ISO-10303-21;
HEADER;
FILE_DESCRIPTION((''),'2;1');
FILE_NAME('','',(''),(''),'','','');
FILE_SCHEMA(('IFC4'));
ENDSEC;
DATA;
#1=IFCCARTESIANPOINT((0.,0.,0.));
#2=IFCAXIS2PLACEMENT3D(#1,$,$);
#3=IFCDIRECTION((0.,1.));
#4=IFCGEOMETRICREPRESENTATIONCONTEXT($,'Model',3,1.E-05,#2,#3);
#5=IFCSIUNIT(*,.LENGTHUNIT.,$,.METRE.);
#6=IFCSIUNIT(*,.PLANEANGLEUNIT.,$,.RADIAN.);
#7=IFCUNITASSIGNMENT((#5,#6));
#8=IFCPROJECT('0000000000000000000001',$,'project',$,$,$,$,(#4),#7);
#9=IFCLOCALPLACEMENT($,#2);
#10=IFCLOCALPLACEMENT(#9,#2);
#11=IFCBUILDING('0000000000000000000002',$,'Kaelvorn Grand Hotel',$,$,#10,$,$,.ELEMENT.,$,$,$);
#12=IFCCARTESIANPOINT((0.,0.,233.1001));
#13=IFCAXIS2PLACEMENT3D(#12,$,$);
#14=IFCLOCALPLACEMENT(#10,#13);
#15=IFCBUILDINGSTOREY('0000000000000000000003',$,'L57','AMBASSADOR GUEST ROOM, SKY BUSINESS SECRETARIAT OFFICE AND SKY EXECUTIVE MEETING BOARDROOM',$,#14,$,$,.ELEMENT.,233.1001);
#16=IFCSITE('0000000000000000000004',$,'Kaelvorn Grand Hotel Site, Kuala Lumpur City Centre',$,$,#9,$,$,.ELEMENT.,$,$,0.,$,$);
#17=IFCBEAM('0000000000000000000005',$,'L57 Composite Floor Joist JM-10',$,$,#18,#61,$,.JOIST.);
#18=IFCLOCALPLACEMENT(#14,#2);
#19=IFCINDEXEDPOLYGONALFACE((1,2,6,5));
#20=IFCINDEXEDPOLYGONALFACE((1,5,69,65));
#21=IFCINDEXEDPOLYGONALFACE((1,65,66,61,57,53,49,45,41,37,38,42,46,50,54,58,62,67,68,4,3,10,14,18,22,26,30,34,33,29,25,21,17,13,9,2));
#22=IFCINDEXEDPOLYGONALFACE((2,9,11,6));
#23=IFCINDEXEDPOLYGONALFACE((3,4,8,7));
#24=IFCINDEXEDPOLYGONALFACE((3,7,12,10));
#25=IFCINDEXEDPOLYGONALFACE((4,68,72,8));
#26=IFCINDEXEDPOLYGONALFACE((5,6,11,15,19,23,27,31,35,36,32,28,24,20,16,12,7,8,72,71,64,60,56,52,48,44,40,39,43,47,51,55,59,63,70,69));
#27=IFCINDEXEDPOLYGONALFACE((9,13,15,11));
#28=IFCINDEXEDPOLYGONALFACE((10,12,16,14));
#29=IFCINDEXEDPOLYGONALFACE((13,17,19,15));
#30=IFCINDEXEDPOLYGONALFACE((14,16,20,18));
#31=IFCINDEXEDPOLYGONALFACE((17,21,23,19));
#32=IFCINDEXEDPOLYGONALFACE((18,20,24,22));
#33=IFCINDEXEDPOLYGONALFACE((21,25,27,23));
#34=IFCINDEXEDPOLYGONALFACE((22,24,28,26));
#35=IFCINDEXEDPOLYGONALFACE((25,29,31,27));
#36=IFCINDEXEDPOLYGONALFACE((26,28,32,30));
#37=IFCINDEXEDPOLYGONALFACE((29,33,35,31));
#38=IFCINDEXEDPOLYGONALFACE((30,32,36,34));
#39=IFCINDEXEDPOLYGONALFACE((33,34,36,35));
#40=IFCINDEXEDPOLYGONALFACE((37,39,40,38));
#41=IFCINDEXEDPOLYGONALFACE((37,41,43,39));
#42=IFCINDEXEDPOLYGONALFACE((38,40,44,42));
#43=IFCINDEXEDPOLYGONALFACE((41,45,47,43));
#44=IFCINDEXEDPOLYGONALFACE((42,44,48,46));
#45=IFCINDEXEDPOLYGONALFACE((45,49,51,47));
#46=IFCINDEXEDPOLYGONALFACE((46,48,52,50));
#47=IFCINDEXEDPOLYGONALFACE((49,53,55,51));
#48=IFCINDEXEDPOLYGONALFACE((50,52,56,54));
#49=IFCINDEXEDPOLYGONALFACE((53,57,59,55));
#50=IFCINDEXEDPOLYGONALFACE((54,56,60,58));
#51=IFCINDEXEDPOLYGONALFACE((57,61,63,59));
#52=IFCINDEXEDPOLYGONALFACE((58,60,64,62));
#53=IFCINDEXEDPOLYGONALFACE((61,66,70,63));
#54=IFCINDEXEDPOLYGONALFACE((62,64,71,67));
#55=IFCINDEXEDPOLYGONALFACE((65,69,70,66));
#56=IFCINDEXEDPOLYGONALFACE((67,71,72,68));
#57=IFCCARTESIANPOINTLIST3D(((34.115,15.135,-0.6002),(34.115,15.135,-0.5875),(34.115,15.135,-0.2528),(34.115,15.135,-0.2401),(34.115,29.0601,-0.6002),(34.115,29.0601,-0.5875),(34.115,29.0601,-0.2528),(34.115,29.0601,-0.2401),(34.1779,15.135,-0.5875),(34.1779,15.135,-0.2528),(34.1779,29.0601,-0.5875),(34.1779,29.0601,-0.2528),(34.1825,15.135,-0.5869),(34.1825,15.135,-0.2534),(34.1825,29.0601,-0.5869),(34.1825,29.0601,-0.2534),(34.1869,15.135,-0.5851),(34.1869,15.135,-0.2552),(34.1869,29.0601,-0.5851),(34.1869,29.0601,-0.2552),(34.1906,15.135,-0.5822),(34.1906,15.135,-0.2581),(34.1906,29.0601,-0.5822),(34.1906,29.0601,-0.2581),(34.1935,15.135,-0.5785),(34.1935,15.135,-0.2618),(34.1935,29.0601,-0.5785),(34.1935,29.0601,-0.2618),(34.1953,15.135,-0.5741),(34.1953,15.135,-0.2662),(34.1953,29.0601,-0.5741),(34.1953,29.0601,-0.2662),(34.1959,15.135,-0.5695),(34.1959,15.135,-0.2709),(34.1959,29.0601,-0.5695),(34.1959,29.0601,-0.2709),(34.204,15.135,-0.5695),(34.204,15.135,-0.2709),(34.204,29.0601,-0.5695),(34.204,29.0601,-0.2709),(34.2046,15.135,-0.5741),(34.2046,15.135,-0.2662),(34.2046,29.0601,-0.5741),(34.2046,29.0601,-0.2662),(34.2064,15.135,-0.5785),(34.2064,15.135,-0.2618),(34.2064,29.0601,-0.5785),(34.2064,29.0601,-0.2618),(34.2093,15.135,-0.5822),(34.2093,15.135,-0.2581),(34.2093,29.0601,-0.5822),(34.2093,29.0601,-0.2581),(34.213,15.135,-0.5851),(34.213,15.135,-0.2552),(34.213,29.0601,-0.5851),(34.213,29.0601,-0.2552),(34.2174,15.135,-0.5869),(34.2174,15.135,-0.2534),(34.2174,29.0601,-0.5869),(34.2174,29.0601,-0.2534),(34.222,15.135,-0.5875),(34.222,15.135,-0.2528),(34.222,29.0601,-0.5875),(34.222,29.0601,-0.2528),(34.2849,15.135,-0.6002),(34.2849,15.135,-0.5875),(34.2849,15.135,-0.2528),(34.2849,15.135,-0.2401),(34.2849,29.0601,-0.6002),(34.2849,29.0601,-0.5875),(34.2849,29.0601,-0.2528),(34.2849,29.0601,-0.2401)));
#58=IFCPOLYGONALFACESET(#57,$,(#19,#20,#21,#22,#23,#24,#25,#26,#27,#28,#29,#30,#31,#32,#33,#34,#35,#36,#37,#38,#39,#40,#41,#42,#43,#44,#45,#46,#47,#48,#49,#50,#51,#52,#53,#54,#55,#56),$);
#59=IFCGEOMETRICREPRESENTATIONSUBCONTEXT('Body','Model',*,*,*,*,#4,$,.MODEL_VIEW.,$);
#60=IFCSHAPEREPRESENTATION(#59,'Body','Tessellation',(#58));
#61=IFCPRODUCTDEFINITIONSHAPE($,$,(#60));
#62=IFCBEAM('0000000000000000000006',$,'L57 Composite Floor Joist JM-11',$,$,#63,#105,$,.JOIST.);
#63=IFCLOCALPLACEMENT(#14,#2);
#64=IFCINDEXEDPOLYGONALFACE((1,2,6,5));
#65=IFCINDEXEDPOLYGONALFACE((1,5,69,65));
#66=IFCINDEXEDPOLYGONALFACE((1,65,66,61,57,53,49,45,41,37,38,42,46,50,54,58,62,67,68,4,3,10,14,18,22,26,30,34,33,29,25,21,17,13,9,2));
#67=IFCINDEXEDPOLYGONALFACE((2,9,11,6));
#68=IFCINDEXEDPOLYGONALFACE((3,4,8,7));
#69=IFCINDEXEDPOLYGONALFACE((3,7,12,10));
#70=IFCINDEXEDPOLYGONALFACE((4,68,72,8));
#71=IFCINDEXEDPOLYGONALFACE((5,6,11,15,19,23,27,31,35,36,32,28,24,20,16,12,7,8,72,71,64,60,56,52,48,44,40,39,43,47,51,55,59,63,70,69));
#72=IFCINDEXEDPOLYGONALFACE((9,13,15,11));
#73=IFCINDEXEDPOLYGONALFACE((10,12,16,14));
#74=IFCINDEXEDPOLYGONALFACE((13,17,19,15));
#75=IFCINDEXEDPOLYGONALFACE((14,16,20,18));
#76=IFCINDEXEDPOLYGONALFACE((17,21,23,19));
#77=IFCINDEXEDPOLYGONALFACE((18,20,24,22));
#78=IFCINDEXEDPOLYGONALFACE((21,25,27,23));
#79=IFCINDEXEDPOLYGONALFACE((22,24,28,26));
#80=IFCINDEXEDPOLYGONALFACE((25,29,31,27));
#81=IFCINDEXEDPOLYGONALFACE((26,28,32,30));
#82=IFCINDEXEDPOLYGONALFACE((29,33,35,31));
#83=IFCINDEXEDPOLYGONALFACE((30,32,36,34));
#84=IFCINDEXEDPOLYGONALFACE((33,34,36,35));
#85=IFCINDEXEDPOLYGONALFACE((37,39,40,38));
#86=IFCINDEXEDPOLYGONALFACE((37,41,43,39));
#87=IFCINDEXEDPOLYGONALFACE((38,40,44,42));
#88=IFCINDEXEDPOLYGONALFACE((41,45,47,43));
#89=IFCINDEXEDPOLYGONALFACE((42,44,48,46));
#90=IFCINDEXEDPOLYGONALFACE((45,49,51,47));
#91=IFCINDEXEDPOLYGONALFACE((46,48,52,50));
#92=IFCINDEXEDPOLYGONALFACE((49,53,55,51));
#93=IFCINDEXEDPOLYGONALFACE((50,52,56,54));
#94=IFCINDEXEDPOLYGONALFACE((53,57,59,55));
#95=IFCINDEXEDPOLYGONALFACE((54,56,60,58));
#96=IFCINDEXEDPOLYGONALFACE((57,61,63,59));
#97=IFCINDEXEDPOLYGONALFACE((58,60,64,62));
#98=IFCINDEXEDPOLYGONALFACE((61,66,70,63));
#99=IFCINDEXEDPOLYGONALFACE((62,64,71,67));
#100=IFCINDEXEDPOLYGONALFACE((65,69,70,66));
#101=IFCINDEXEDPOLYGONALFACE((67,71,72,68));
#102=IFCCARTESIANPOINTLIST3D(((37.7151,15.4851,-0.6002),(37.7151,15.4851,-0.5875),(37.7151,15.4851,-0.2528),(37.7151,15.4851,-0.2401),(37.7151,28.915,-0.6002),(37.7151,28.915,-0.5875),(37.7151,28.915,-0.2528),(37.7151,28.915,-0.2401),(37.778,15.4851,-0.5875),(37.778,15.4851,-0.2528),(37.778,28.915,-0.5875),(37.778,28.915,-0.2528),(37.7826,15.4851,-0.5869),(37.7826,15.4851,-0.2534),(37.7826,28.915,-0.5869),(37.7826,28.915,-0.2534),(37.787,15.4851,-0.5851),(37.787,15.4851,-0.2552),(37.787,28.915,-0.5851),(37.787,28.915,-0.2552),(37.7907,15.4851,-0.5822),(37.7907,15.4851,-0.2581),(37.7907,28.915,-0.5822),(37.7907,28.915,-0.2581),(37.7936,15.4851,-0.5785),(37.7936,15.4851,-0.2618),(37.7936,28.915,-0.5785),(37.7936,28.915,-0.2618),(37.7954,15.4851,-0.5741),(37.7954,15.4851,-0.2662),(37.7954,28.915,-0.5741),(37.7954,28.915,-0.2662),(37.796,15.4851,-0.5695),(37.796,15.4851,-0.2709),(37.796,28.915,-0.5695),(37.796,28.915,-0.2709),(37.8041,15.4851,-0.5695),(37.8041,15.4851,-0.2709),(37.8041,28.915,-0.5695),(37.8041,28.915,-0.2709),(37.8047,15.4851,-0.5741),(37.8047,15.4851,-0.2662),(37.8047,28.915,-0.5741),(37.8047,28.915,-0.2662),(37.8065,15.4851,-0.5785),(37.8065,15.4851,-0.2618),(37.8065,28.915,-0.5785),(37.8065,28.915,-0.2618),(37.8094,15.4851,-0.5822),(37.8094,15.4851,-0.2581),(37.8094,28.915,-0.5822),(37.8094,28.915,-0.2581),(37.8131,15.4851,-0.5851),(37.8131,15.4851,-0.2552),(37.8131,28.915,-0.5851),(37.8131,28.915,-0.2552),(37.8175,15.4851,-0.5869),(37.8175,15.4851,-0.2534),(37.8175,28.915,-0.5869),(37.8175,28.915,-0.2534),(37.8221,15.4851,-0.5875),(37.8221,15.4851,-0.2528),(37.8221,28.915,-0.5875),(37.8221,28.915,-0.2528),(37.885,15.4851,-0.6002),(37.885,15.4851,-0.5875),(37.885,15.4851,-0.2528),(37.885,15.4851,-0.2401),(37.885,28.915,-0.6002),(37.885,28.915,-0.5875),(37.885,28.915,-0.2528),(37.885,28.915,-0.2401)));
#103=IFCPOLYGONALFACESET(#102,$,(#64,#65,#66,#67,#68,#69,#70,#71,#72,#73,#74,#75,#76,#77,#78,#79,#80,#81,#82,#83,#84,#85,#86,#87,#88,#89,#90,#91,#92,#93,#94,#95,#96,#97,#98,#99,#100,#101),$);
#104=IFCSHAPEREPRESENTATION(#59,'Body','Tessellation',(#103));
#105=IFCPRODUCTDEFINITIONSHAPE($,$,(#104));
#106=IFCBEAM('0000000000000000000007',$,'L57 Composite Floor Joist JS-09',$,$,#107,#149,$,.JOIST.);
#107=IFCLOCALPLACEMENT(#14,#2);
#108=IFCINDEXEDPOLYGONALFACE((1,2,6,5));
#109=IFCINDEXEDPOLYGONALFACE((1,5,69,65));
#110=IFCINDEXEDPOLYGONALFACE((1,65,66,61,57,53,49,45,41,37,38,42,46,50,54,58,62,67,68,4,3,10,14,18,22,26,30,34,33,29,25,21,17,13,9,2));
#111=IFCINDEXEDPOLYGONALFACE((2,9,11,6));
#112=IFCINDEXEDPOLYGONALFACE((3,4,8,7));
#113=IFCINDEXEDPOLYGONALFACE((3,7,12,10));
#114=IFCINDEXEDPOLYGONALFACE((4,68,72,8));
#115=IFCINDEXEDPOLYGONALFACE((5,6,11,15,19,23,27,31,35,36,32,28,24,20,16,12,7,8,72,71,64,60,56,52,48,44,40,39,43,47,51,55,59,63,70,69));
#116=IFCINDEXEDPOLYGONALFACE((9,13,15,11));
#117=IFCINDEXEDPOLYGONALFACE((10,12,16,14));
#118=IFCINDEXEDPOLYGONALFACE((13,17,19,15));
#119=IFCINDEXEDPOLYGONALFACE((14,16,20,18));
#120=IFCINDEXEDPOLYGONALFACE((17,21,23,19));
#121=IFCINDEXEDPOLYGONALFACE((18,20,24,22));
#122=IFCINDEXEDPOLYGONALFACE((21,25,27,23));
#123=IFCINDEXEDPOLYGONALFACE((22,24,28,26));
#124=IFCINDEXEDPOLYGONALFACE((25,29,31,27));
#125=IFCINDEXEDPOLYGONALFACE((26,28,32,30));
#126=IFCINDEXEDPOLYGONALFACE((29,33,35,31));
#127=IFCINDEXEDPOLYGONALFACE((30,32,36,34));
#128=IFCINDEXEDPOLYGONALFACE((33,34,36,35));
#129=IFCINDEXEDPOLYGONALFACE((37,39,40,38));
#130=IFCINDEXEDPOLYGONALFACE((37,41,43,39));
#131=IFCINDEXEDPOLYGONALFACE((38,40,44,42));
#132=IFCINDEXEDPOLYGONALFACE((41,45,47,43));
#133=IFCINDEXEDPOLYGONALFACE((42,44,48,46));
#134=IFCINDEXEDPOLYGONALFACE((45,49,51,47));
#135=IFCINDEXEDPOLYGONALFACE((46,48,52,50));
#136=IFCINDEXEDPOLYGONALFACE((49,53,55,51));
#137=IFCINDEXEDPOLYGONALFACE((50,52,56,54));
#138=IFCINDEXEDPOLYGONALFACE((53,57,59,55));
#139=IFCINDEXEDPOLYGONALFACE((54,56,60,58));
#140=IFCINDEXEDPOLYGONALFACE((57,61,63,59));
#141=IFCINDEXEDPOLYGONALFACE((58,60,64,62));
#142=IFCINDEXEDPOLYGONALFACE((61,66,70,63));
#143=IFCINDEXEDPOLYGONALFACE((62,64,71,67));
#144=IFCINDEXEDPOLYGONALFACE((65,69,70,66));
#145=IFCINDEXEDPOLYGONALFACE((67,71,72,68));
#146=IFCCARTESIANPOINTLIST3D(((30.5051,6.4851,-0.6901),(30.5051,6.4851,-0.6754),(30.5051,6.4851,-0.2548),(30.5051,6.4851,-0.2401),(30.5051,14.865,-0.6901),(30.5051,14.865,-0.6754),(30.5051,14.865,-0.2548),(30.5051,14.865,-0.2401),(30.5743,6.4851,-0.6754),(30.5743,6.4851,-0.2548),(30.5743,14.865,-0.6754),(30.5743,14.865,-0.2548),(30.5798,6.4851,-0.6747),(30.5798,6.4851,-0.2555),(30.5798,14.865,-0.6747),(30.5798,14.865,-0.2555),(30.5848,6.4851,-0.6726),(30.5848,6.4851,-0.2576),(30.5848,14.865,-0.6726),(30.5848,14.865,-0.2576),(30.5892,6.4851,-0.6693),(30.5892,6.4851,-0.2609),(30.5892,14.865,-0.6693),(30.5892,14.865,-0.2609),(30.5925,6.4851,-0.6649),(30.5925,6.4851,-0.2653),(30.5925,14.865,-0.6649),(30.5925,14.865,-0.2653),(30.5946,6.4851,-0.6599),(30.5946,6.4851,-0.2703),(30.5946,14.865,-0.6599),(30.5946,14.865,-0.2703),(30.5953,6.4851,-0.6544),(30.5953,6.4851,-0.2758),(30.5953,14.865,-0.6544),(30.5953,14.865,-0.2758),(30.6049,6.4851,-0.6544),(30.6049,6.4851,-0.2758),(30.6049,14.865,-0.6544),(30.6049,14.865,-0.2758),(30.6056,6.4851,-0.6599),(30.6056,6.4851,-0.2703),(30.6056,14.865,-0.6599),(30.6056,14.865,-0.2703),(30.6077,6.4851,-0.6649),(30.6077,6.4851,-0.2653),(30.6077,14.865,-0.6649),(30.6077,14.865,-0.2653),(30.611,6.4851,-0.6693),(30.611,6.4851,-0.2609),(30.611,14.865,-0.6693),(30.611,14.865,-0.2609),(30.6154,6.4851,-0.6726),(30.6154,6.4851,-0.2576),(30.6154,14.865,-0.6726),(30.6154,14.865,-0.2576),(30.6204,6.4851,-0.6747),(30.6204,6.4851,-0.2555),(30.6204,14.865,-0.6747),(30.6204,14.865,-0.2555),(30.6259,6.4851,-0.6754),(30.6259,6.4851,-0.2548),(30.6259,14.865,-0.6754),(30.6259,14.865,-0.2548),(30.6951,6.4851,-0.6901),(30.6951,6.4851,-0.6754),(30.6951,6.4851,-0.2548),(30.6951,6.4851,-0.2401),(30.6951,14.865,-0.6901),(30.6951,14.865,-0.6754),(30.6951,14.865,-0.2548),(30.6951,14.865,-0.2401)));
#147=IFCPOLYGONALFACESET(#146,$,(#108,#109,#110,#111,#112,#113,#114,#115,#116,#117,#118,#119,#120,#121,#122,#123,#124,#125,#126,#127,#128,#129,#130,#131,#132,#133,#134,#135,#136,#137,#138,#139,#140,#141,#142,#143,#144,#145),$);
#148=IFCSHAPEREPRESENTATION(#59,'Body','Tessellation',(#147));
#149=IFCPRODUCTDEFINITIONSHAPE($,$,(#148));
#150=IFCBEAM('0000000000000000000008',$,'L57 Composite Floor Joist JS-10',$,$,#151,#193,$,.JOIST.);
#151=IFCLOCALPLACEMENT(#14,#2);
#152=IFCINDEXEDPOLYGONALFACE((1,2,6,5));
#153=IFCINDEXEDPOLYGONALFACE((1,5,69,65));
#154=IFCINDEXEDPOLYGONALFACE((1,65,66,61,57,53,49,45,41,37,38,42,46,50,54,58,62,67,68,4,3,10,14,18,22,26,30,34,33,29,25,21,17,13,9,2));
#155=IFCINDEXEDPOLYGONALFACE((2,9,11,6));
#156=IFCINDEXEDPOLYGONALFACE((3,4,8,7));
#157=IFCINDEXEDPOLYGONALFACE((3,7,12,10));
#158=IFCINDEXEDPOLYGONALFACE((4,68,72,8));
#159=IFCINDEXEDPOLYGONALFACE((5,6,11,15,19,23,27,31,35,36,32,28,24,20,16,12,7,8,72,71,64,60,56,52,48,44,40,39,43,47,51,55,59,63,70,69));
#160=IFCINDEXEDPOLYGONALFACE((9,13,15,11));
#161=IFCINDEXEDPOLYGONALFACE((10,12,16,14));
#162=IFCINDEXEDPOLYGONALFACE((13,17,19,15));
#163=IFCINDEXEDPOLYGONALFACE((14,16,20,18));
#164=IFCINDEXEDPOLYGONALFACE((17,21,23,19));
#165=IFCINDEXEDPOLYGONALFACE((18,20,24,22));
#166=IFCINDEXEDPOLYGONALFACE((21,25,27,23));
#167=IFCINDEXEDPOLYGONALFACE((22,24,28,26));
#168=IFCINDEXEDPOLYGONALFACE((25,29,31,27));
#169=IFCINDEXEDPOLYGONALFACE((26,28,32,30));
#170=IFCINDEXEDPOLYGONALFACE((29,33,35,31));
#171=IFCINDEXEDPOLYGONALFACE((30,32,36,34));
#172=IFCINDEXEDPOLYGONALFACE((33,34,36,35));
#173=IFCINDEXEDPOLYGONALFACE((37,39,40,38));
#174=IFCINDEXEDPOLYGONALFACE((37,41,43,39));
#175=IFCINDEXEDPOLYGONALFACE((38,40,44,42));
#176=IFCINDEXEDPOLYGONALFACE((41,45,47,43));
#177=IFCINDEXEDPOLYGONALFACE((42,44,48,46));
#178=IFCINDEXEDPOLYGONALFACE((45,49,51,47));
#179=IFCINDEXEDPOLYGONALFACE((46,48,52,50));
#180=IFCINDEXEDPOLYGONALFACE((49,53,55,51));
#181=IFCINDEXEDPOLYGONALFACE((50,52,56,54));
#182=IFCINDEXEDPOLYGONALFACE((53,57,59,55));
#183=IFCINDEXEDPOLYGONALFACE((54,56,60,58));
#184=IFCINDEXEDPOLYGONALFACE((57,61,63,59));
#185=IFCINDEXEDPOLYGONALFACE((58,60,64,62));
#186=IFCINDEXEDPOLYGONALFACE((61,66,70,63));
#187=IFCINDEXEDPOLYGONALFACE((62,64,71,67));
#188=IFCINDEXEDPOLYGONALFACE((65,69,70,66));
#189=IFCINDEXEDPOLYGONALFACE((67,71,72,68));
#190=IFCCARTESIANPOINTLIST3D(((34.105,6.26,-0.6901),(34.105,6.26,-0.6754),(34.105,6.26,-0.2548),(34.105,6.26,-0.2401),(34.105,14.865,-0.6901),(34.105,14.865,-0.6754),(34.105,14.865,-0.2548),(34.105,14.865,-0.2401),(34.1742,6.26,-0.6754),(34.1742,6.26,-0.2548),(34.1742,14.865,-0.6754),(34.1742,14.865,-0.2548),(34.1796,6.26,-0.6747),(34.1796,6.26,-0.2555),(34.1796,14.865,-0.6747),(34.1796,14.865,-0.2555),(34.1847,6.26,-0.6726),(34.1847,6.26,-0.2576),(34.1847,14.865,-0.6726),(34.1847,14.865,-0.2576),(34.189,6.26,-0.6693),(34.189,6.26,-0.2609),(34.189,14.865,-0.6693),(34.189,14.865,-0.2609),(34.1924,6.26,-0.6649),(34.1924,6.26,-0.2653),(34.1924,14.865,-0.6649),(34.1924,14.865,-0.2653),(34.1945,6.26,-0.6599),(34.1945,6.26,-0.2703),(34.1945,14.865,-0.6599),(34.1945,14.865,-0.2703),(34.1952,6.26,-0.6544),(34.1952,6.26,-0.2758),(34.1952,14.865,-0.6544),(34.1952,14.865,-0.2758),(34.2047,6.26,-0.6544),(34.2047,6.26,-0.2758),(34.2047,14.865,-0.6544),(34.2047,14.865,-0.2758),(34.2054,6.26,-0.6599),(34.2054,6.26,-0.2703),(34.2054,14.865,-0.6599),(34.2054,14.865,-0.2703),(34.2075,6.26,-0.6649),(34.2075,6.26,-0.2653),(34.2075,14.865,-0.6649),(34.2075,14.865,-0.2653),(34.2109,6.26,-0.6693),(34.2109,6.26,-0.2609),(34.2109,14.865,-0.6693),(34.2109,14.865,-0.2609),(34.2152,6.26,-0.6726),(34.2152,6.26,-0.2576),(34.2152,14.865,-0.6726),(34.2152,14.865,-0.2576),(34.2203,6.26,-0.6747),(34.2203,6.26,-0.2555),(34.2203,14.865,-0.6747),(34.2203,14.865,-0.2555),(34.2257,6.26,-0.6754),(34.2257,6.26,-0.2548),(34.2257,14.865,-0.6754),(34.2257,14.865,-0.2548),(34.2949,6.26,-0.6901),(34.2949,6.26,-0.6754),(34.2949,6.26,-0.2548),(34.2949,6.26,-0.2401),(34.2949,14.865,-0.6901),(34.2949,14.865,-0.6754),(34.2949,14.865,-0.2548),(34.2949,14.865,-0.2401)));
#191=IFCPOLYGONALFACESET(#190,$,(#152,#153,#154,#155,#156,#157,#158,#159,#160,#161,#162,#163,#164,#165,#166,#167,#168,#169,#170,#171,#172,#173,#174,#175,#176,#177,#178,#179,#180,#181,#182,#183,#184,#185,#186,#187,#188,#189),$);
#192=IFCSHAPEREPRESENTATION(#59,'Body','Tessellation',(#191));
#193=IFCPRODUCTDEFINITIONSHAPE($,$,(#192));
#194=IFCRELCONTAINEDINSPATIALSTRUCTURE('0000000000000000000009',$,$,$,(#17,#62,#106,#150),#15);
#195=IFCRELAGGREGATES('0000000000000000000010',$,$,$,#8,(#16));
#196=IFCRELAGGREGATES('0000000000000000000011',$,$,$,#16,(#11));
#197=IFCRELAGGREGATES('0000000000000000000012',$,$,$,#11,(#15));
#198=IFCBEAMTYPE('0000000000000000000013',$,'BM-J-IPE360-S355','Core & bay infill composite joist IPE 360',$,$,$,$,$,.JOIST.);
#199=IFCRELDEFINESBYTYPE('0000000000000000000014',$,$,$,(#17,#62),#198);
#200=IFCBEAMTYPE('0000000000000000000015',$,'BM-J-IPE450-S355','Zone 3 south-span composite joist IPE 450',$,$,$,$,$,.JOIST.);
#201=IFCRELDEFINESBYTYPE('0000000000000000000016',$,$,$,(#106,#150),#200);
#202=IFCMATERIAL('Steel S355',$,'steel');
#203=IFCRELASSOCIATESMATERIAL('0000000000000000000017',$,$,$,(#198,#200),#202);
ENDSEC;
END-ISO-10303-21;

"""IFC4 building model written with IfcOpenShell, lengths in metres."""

from ifc_helpers import new_model, si_unit, direction, frame, origin, origin_2d, place, context, subcontext, project, spatial, i_section, extrude, material, material_profile, profile_set, type_object, element, save


model = new_model("IFC4")

# Units and contexts
model_context = context("Model", 3, precision=1e-05, world=origin(), true_north=direction((0.0, 1.0)))
body_context = subcontext(model_context, "Body", "Model", "MODEL_VIEW")
ifc_project = project(units=[si_unit("LENGTHUNIT", "METRE"), si_unit("PLANEANGLEUNIT", "RADIAN")], contexts=[model_context])

# Site, building, storey
site_placement = place(None, origin())
site = spatial("IfcSite", under=ifc_project, at=site_placement, Name="Kaelvorn Grand Hotel Site, Kuala Lumpur City Centre", CompositionType="ELEMENT", RefElevation=0.0)
building_placement = place(site_placement, origin())
building = spatial("IfcBuilding", under=site, at=building_placement, Name="Kaelvorn Grand Hotel", CompositionType="ELEMENT")
storey_placement = place(building_placement, frame((0.0, 0.0, 233.1001)))
storey = spatial("IfcBuildingStorey", under=building, at=storey_placement, Name="L57", Description="AMBASSADOR GUEST ROOM, SKY BUSINESS SECRETARIAT OFFICE AND SKY EXECUTIVE MEETING BOARDROOM", CompositionType="ELEMENT", Elevation=233.1001)

# Beams
ifc_material_1 = material(Name="Steel S355", Category="steel")
ifc_material_profile_1 = material_profile(ifc_material_1, i_section(OverallWidth=0.1699, OverallDepth=0.3601, WebThickness=0.0081, FlangeThickness=0.0127, FilletRadius=0.0181, at=origin_2d()), Name="IPE 360")
ifc_profile_set_1 = profile_set([ifc_material_profile_1], Name="Steel S355")
beam_type_1 = type_object("IfcBeamType", Name="BM-J-IPE360-S355", Description="Core & bay infill composite joist IPE 360", PredefinedType="JOIST", material=ifc_profile_set_1)
beam_1_placement = place(storey_placement, frame((34.2, 15.135, -0.4202), z_axis=(0.0, 1.0, 0.0), x_axis=(-1.0, 0.0, 0.0)))
element("IfcBeam", 1, at=beam_1_placement, inside=storey, type_object=beam_type_1, Name="L57 Composite Floor Joist JM-10", PredefinedType="JOIST", context=body_context, shape_type="SweptSolid", body=[
    extrude(i_section(OverallWidth=0.1699, OverallDepth=0.3601, WebThickness=0.0081, FlangeThickness=0.0127, FilletRadius=0.0181, at=origin_2d()), origin(), (0.0, 0.0, 1.0), 13.925),
])
beam_2_placement = place(storey_placement, frame((37.8, 15.4851, -0.4202), z_axis=(0.0, 1.0, 0.0), x_axis=(-1.0, 0.0, 0.0)))
element("IfcBeam", 2, at=beam_2_placement, inside=storey, type_object=beam_type_1, Name="L57 Composite Floor Joist JM-11", PredefinedType="JOIST", context=body_context, shape_type="SweptSolid", body=[
    extrude(i_section(OverallWidth=0.1699, OverallDepth=0.3601, WebThickness=0.0081, FlangeThickness=0.0127, FilletRadius=0.0181, at=origin_2d()), origin(), (0.0, 0.0, 1.0), 13.4299),
])
ifc_material_profile_2 = material_profile(ifc_material_1, i_section(OverallWidth=0.1899, OverallDepth=0.45, WebThickness=0.0095, FlangeThickness=0.0146, FilletRadius=0.021, at=origin_2d()), Name="IPE 450")
ifc_profile_set_2 = profile_set([ifc_material_profile_2], Name="Steel S355")
beam_type_2 = type_object("IfcBeamType", Name="BM-J-IPE450-S355", Description="Zone 3 south-span composite joist IPE 450", PredefinedType="JOIST", material=ifc_profile_set_2)
beam_3_placement = place(storey_placement, frame((30.6001, 6.4851, -0.4651), z_axis=(0.0, 1.0, 0.0), x_axis=(-1.0, 0.0, 0.0)))
element("IfcBeam", 3, at=beam_3_placement, inside=storey, type_object=beam_type_2, Name="L57 Composite Floor Joist JS-09", PredefinedType="JOIST", context=body_context, shape_type="SweptSolid", body=[
    extrude(i_section(OverallWidth=0.1899, OverallDepth=0.45, WebThickness=0.0095, FlangeThickness=0.0146, FilletRadius=0.021, at=origin_2d()), origin(), (0.0, 0.0, 1.0), 8.3799),
])
beam_4_placement = place(storey_placement, frame((34.2, 6.26, -0.4651), z_axis=(0.0, 1.0, 0.0), x_axis=(-1.0, 0.0, 0.0)))
element("IfcBeam", 4, at=beam_4_placement, inside=storey, type_object=beam_type_2, Name="L57 Composite Floor Joist JS-10", PredefinedType="JOIST", context=body_context, shape_type="SweptSolid", body=[
    extrude(i_section(OverallWidth=0.1899, OverallDepth=0.45, WebThickness=0.0095, FlangeThickness=0.0146, FilletRadius=0.021, at=origin_2d()), origin(), (0.0, 0.0, 1.0), 8.605),
])

save(model, "model.ifc")
